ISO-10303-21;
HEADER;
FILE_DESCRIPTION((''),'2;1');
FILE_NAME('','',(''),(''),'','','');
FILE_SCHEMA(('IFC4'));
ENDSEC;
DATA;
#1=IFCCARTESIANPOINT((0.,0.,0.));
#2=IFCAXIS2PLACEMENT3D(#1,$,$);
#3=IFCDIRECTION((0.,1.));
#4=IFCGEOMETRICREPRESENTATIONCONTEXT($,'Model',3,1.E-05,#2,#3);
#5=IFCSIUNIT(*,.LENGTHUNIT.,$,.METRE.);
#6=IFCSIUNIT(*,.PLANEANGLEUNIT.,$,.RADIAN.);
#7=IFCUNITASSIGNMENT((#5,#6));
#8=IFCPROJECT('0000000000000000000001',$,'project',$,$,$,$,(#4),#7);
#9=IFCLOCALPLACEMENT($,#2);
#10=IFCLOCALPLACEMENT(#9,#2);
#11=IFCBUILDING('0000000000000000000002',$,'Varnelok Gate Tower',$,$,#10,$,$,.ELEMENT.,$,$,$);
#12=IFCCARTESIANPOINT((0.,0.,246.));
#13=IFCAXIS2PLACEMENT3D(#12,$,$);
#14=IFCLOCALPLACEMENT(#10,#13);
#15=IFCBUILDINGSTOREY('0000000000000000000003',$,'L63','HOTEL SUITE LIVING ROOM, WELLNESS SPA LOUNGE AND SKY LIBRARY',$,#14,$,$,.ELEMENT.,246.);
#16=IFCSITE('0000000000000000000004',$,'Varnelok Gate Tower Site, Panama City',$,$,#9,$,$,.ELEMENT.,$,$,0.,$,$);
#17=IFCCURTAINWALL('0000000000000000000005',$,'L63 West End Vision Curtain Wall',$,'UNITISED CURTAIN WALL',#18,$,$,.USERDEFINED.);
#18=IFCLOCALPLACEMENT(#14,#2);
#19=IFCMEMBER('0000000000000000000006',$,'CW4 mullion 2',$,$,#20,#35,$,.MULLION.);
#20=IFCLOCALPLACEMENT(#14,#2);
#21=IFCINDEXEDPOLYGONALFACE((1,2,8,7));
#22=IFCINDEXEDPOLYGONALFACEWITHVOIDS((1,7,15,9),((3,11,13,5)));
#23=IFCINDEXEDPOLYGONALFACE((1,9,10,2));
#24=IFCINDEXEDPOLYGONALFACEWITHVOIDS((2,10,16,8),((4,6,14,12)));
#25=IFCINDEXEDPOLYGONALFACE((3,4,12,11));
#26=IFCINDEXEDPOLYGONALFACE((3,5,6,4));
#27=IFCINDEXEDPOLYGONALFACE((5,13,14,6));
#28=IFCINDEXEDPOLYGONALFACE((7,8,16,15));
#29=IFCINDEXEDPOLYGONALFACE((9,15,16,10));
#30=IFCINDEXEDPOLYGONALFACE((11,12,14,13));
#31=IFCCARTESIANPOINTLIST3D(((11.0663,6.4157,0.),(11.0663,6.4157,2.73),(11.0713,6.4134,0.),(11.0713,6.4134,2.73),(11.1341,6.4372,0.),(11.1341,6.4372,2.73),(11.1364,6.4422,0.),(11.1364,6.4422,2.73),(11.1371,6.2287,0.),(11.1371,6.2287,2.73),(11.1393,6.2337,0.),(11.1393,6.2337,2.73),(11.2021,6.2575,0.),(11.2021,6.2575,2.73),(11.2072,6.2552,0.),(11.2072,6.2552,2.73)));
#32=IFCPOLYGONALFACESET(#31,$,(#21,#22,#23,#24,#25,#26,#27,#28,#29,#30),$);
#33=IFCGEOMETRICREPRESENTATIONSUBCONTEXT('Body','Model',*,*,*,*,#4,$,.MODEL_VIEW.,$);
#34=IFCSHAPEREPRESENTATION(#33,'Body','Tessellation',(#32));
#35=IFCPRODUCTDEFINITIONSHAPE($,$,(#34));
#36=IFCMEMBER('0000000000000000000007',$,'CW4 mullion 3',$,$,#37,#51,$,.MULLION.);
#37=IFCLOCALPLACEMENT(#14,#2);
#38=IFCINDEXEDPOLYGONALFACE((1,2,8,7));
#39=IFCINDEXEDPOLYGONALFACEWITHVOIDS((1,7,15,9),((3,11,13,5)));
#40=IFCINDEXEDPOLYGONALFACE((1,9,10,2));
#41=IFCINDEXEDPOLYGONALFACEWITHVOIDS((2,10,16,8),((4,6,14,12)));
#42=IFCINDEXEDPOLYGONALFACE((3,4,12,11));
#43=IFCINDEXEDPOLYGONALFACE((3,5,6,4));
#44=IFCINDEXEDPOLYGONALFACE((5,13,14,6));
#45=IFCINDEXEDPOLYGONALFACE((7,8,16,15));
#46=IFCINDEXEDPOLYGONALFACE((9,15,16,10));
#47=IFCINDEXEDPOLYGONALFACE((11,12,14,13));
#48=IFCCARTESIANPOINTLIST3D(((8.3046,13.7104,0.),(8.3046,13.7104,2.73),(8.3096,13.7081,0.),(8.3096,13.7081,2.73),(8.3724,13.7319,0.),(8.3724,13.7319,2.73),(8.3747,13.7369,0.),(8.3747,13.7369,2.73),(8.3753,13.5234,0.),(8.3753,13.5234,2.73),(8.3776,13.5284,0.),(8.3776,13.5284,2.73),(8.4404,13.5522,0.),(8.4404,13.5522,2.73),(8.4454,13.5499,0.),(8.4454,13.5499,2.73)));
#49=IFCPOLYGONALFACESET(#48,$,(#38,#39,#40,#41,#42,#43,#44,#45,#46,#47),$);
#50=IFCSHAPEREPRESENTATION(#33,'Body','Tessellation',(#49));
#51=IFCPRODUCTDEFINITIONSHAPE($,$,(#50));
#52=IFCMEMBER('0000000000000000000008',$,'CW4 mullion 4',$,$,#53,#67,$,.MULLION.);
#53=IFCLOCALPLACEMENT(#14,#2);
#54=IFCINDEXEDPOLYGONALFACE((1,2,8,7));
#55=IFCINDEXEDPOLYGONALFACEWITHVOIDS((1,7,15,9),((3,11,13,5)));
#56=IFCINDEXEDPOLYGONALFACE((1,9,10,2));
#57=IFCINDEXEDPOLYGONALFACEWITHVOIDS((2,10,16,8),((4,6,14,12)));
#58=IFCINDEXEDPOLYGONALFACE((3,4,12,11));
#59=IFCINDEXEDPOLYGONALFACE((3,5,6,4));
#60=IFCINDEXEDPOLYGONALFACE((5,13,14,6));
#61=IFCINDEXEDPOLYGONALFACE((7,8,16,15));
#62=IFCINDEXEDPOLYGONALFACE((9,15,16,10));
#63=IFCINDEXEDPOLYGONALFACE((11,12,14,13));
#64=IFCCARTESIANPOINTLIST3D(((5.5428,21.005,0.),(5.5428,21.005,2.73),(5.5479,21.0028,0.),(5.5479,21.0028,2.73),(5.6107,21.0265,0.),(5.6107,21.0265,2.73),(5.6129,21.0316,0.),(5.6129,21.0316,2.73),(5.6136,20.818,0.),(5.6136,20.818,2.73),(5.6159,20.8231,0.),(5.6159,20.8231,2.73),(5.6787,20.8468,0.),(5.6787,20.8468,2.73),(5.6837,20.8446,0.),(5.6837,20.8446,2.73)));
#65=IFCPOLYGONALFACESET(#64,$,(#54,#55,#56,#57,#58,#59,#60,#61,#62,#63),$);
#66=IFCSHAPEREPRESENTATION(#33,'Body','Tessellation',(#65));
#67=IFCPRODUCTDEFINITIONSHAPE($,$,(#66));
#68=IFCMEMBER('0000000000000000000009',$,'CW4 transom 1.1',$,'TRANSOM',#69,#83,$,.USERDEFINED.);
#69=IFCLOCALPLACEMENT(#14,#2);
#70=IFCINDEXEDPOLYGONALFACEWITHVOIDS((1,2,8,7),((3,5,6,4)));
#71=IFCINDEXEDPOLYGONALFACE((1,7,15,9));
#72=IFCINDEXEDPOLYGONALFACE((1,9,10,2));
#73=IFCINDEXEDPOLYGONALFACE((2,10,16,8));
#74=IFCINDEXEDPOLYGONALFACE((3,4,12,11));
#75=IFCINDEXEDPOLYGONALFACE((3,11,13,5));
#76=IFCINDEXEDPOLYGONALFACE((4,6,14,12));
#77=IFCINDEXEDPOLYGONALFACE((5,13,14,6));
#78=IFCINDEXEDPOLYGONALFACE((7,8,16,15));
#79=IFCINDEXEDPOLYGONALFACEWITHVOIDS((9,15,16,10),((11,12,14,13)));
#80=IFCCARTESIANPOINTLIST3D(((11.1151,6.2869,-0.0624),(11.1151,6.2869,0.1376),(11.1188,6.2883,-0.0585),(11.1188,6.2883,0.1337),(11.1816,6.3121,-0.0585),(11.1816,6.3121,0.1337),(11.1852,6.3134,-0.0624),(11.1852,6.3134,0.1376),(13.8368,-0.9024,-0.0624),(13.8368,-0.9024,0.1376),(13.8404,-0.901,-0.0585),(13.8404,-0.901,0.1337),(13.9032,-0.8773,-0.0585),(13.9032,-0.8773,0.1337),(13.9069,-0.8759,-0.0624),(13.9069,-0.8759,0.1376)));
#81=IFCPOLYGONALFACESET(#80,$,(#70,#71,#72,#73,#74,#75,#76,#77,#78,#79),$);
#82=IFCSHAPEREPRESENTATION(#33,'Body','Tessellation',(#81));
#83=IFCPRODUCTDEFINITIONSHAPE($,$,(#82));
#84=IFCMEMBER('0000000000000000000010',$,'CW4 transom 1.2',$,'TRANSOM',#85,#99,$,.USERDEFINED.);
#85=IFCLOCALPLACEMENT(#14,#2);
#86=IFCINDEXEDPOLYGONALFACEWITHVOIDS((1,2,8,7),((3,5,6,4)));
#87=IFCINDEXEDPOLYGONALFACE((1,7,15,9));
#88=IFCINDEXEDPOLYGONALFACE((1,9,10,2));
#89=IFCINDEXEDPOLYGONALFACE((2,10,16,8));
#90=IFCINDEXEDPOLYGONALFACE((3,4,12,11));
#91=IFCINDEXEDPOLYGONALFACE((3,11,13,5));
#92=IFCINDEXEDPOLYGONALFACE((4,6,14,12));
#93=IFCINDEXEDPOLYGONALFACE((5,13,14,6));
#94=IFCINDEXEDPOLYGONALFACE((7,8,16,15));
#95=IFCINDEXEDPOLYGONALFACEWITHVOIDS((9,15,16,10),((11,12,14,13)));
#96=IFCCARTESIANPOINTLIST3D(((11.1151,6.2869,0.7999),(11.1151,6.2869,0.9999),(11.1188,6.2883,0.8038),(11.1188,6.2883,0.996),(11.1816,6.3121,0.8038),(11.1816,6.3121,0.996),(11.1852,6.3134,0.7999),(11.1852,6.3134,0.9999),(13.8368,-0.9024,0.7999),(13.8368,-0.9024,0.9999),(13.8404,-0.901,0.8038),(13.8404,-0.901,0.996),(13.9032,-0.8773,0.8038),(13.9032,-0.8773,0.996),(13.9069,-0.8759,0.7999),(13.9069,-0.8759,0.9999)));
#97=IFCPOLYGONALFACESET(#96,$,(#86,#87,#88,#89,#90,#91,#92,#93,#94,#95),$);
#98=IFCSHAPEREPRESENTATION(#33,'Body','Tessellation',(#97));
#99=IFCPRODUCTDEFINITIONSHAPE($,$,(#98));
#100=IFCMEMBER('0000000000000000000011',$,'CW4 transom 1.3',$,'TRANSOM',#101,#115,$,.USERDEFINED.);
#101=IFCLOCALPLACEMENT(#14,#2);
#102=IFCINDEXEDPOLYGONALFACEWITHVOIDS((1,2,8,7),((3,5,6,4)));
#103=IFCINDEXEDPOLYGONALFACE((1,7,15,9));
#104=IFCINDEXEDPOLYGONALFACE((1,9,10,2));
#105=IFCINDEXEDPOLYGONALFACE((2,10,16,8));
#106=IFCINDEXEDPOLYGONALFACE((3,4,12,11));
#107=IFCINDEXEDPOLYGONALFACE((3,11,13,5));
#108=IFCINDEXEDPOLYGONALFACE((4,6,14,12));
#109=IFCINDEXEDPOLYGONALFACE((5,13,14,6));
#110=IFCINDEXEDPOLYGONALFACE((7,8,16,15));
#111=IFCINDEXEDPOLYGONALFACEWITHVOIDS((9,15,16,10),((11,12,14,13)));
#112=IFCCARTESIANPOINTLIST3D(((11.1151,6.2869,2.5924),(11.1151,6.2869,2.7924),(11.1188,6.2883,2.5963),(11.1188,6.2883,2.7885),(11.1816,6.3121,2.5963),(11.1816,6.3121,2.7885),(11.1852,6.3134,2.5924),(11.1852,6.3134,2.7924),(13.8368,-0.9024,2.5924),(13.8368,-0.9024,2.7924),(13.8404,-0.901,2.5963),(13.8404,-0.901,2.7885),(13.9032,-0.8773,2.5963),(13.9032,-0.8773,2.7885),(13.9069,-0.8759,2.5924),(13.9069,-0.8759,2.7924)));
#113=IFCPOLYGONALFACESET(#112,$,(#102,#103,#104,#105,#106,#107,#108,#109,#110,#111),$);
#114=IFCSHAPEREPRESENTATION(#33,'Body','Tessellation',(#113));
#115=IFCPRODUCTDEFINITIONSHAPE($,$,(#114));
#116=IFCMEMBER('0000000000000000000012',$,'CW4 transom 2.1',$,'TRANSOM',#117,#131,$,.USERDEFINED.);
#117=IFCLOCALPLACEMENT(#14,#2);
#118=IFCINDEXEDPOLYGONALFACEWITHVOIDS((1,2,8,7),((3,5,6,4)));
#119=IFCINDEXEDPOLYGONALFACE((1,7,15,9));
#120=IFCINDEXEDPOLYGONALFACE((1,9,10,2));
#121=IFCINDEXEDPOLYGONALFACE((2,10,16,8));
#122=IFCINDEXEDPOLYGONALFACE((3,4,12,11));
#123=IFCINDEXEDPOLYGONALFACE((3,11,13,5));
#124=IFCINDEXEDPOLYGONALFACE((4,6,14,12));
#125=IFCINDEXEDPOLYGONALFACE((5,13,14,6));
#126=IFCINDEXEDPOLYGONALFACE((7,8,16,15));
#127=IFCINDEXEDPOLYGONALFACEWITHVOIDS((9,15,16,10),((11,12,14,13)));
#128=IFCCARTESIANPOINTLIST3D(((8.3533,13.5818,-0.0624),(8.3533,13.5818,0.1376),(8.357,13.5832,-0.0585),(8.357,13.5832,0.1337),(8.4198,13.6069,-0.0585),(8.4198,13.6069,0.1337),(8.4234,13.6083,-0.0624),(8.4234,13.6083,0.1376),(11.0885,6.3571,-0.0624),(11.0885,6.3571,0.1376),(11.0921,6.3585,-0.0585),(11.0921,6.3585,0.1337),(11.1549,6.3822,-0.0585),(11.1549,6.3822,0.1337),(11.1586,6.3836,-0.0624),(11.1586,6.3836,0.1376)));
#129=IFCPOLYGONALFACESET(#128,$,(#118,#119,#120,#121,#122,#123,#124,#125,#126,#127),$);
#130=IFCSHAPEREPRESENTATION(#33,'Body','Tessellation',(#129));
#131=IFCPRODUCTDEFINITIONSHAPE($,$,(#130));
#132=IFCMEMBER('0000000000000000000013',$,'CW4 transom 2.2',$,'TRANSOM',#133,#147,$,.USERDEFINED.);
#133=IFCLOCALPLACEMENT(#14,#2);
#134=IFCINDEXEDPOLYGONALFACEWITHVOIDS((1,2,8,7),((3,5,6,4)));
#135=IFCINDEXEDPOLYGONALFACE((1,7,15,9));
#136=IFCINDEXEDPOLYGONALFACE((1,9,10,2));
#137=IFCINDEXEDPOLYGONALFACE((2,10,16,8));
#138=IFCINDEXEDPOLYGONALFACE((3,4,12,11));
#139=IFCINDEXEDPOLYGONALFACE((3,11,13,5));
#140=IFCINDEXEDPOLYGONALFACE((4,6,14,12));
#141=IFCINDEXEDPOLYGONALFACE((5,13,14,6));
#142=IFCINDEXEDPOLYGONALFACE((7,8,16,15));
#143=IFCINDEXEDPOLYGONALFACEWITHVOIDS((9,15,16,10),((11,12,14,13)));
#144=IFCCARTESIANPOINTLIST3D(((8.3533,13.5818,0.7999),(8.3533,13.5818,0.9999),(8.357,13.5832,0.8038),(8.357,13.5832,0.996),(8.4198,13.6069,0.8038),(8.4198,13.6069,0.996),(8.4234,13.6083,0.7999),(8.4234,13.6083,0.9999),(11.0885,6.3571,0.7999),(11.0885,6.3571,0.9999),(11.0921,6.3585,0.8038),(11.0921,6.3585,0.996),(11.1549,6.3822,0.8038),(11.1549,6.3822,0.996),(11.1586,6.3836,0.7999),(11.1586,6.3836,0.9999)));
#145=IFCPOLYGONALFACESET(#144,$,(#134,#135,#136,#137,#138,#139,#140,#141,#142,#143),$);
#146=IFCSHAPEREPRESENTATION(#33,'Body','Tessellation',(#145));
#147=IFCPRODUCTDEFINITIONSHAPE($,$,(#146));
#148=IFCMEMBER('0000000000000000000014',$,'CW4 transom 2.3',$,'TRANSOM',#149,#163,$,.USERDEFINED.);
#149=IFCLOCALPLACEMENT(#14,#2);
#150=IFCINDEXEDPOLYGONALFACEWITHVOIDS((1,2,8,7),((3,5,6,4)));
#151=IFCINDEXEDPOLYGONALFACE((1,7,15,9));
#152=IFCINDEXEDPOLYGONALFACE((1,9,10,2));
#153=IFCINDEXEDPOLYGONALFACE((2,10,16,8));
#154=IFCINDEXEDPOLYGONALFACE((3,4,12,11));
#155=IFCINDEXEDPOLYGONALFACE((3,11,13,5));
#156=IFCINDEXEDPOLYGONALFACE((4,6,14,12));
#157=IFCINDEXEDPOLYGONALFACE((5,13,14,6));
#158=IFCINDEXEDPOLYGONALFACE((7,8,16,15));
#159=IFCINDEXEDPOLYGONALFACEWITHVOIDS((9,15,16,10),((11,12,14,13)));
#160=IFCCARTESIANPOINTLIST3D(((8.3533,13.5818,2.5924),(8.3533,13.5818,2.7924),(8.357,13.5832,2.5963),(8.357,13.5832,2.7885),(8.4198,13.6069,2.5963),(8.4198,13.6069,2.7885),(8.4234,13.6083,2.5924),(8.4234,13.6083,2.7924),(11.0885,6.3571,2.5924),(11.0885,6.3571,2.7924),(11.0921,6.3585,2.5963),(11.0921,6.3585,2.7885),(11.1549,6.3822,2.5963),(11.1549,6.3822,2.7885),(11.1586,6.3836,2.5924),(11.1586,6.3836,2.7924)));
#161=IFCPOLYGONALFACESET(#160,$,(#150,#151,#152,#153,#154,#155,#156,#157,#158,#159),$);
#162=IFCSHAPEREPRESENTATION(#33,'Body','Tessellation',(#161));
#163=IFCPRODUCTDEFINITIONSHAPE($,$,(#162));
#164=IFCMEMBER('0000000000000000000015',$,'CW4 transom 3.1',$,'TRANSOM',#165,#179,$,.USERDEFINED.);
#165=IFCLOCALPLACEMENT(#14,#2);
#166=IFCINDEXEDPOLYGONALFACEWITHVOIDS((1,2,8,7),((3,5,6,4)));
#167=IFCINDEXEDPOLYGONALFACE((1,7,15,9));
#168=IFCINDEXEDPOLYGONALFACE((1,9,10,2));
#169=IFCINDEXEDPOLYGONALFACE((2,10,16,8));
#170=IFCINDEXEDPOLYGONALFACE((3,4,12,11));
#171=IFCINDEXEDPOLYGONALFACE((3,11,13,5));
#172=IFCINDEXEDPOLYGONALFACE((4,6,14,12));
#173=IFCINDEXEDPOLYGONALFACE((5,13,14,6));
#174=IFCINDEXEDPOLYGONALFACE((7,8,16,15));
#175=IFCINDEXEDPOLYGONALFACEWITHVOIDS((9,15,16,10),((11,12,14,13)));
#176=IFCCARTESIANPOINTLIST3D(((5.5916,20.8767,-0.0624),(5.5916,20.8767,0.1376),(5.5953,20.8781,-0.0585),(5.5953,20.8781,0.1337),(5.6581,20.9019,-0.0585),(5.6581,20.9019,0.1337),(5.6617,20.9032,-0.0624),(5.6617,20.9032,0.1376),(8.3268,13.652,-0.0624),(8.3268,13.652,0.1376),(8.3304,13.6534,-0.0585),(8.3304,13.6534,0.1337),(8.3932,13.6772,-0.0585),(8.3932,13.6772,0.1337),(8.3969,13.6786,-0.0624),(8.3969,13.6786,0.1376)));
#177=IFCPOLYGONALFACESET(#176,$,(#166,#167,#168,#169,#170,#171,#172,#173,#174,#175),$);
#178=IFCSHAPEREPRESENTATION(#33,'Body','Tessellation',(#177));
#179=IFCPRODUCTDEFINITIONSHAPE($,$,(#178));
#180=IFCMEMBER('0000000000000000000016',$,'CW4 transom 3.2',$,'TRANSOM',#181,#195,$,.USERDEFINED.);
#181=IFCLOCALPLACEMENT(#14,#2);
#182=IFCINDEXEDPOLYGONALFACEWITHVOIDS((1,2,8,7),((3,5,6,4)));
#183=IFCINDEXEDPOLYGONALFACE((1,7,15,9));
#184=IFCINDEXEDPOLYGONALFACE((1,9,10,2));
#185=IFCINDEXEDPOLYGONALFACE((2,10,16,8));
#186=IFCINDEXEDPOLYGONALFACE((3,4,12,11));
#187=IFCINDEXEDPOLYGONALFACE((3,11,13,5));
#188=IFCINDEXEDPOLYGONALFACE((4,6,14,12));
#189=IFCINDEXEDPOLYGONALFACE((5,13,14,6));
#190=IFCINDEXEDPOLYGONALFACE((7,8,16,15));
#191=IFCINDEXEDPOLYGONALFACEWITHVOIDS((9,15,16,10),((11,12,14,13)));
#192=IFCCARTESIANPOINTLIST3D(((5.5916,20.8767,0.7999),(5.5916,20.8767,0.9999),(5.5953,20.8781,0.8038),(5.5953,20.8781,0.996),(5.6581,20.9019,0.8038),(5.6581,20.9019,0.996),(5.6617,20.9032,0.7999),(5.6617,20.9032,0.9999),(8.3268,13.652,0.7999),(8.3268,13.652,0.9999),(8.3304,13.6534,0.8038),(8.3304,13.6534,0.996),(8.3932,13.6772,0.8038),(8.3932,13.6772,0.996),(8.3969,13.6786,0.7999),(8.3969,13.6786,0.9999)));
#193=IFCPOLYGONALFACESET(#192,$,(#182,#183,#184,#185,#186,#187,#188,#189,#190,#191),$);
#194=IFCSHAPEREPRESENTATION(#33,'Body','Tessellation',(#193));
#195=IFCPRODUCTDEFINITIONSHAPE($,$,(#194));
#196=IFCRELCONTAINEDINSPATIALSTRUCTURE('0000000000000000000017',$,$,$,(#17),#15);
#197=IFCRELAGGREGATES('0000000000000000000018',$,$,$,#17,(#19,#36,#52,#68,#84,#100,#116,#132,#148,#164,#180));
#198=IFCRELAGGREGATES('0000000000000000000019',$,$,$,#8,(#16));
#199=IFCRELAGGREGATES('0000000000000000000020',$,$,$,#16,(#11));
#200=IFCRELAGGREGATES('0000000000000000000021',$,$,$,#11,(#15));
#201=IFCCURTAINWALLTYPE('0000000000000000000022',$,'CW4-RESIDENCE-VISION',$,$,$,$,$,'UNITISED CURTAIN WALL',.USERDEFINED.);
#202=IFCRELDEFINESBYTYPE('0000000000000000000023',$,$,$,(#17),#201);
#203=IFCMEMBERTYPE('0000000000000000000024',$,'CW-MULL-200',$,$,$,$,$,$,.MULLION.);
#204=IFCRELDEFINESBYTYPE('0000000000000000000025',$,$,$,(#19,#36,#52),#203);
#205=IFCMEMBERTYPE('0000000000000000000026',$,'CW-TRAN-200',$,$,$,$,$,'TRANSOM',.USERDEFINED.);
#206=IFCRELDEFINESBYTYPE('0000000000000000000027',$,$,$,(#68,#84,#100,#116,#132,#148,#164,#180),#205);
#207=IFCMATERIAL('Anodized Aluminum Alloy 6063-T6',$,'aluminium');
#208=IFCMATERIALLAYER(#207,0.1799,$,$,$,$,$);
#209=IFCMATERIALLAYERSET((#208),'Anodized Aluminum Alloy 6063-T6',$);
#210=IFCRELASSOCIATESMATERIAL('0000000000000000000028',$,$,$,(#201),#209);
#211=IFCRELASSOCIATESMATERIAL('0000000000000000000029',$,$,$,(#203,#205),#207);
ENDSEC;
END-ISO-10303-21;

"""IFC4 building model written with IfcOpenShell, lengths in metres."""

from ifc_helpers import new_model, si_unit, direction, frame, origin, origin_2d, place, context, subcontext, project, spatial, hollow_rectangle, extrude, material, layer, layer_set, material_profile, profile_set, type_object, element, aggregate, save


model = new_model("IFC4")

# Units and contexts
model_context = context("Model", 3, precision=1e-05, world=origin(), true_north=direction((0.0, 1.0)))
body_context = subcontext(model_context, "Body", "Model", "MODEL_VIEW")
ifc_project = project(units=[si_unit("LENGTHUNIT", "METRE"), si_unit("PLANEANGLEUNIT", "RADIAN")], contexts=[model_context])

# Site, building, storey
site_placement = place(None, origin())
site = spatial("IfcSite", under=ifc_project, at=site_placement, Name="Varnelok Gate Tower Site, Panama City", CompositionType="ELEMENT", RefElevation=0.0)
building_placement = place(site_placement, origin())
building = spatial("IfcBuilding", under=site, at=building_placement, Name="Varnelok Gate Tower", CompositionType="ELEMENT")
storey_placement = place(building_placement, frame((0.0, 0.0, 246.0)))
storey = spatial("IfcBuildingStorey", under=building, at=storey_placement, Name="L63", Description="HOTEL SUITE LIVING ROOM, WELLNESS SPA LOUNGE AND SKY LIBRARY", CompositionType="ELEMENT", Elevation=246.0)

# Curtain wall, members
ifc_material_1 = material(Name="Anodized Aluminum Alloy 6063-T6", Category="aluminium")
ifc_layer_1 = layer(ifc_material_1, 0.1799)
ifc_layer_set_1 = layer_set([ifc_layer_1], Name="Anodized Aluminum Alloy 6063-T6")
curtain_wall_type = type_object("IfcCurtainWallType", Name="CW4-RESIDENCE-VISION", ElementType="UNITISED CURTAIN WALL", PredefinedType="USERDEFINED", material=ifc_layer_set_1)
curtain_wall_placement = place(storey_placement, origin())
curtain_wall = element("IfcCurtainWall", 1, at=curtain_wall_placement, inside=storey, type_object=curtain_wall_type, Name="L63 West End Vision Curtain Wall", ObjectType="UNITISED CURTAIN WALL", PredefinedType="USERDEFINED")
ifc_material_profile_1 = material_profile(ifc_material_1, hollow_rectangle(XDim=0.075, YDim=0.2, WallThickness=0.0039, at=origin_2d()), Name="ALU200X75X4")
ifc_profile_set_1 = profile_set([ifc_material_profile_1], Name="Anodized Aluminum Alloy 6063-T6")
member_type_1 = type_object("IfcMemberType", Name="CW-MULL-200", PredefinedType="MULLION", material=ifc_profile_set_1)
member_1_placement = place(storey_placement, frame((11.1367, 6.3354, 0.0), z_axis=(0.0, 0.0, 1.0), x_axis=(-0.935222, -0.354063, 0.0)))
member_1 = element("IfcMember", 2, at=member_1_placement, type_object=member_type_1, Name="CW4 mullion 2", PredefinedType="MULLION", context=body_context, shape_type="SweptSolid", body=[
    extrude(hollow_rectangle(XDim=0.075, YDim=0.2, WallThickness=0.0039, at=origin_2d()), origin(), (0.0, 0.0, 1.0), 2.73),
])
member_2_placement = place(storey_placement, frame((8.375, 13.6301, 0.0), z_axis=(0.0, 0.0, 1.0), x_axis=(-0.935222, -0.354063, 0.0)))
member_2 = element("IfcMember", 3, at=member_2_placement, type_object=member_type_1, Name="CW4 mullion 3", PredefinedType="MULLION", context=body_context, shape_type="SweptSolid", body=[
    extrude(hollow_rectangle(XDim=0.075, YDim=0.2, WallThickness=0.0039, at=origin_2d()), origin(), (0.0, 0.0, 1.0), 2.73),
])
member_3_placement = place(storey_placement, frame((5.6133, 20.9248, 0.0), z_axis=(0.0, 0.0, 1.0), x_axis=(-0.935222, -0.354063, 0.0)))
member_3 = element("IfcMember", 4, at=member_3_placement, type_object=member_type_1, Name="CW4 mullion 4", PredefinedType="MULLION", context=body_context, shape_type="SweptSolid", body=[
    extrude(hollow_rectangle(XDim=0.075, YDim=0.2, WallThickness=0.0039, at=origin_2d()), origin(), (0.0, 0.0, 1.0), 2.73),
])
ifc_material_profile_2 = material_profile(ifc_material_1, hollow_rectangle(XDim=0.075, YDim=0.2, WallThickness=0.0039, at=origin_2d()), Name="ALU200X75X4")
ifc_profile_set_2 = profile_set([ifc_material_profile_2], Name="Anodized Aluminum Alloy 6063-T6")
member_type_2 = type_object("IfcMemberType", Name="CW-TRAN-200", ElementType="TRANSOM", PredefinedType="USERDEFINED", material=ifc_profile_set_2)
member_4_placement = place(storey_placement, frame((13.8718, -0.8892, 0.0376), z_axis=(-0.354045, 0.935228, 0.0), x_axis=(-0.935228, -0.354045, 0.0)))
member_4 = element("IfcMember", 5, at=member_4_placement, type_object=member_type_2, Name="CW4 transom 1.1", ObjectType="TRANSOM", PredefinedType="USERDEFINED", context=body_context, shape_type="SweptSolid", body=[
    extrude(hollow_rectangle(XDim=0.075, YDim=0.2, WallThickness=0.0039, at=origin_2d()), origin(), (0.0, 0.0, 1.0), 7.6873),
])
member_5_placement = place(storey_placement, frame((13.8718, -0.8892, 0.8999), z_axis=(-0.354045, 0.935228, 0.0), x_axis=(-0.935228, -0.354045, 0.0)))
member_5 = element("IfcMember", 6, at=member_5_placement, type_object=member_type_2, Name="CW4 transom 1.2", ObjectType="TRANSOM", PredefinedType="USERDEFINED", context=body_context, shape_type="SweptSolid", body=[
    extrude(hollow_rectangle(XDim=0.075, YDim=0.2, WallThickness=0.0039, at=origin_2d()), origin(), (0.0, 0.0, 1.0), 7.6873),
])
member_6_placement = place(storey_placement, frame((13.8718, -0.8892, 2.6924), z_axis=(-0.354045, 0.935228, 0.0), x_axis=(-0.935228, -0.354045, 0.0)))
member_6 = element("IfcMember", 7, at=member_6_placement, type_object=member_type_2, Name="CW4 transom 1.3", ObjectType="TRANSOM", PredefinedType="USERDEFINED", context=body_context, shape_type="SweptSolid", body=[
    extrude(hollow_rectangle(XDim=0.075, YDim=0.2, WallThickness=0.0039, at=origin_2d()), origin(), (0.0, 0.0, 1.0), 7.6873),
])
member_7_placement = place(storey_placement, frame((11.1235, 6.3704, 0.0376), z_axis=(-0.354059, 0.935223, 0.0), x_axis=(-0.935223, -0.354059, 0.0)))
member_7 = element("IfcMember", 8, at=member_7_placement, type_object=member_type_2, Name="CW4 transom 2.1", ObjectType="TRANSOM", PredefinedType="USERDEFINED", context=body_context, shape_type="SweptSolid", body=[
    extrude(hollow_rectangle(XDim=0.075, YDim=0.2, WallThickness=0.0039, at=origin_2d()), origin(), (0.0, 0.0, 1.0), 7.7251),
])
member_8_placement = place(storey_placement, frame((11.1235, 6.3704, 0.8999), z_axis=(-0.354059, 0.935223, 0.0), x_axis=(-0.935223, -0.354059, 0.0)))
member_8 = element("IfcMember", 9, at=member_8_placement, type_object=member_type_2, Name="CW4 transom 2.2", ObjectType="TRANSOM", PredefinedType="USERDEFINED", context=body_context, shape_type="SweptSolid", body=[
    extrude(hollow_rectangle(XDim=0.075, YDim=0.2, WallThickness=0.0039, at=origin_2d()), origin(), (0.0, 0.0, 1.0), 7.7251),
])
member_9_placement = place(storey_placement, frame((11.1235, 6.3704, 2.6924), z_axis=(-0.354059, 0.935223, 0.0), x_axis=(-0.935223, -0.354059, 0.0)))
member_9 = element("IfcMember", 10, at=member_9_placement, type_object=member_type_2, Name="CW4 transom 2.3", ObjectType="TRANSOM", PredefinedType="USERDEFINED", context=body_context, shape_type="SweptSolid", body=[
    extrude(hollow_rectangle(XDim=0.075, YDim=0.2, WallThickness=0.0039, at=origin_2d()), origin(), (0.0, 0.0, 1.0), 7.7251),
])
member_10_placement = place(storey_placement, frame((8.3618, 13.6653, 0.0376), z_axis=(-0.354059, 0.935223, 0.0), x_axis=(-0.935223, -0.354059, 0.0)))
member_10 = element("IfcMember", 11, at=member_10_placement, type_object=member_type_2, Name="CW4 transom 3.1", ObjectType="TRANSOM", PredefinedType="USERDEFINED", context=body_context, shape_type="SweptSolid", body=[
    extrude(hollow_rectangle(XDim=0.075, YDim=0.2, WallThickness=0.0039, at=origin_2d()), origin(), (0.0, 0.0, 1.0), 7.7251),
])
member_11_placement = place(storey_placement, frame((8.3618, 13.6653, 0.8999), z_axis=(-0.354059, 0.935223, 0.0), x_axis=(-0.935223, -0.354059, 0.0)))
member_11 = element("IfcMember", 12, at=member_11_placement, type_object=member_type_2, Name="CW4 transom 3.2", ObjectType="TRANSOM", PredefinedType="USERDEFINED", context=body_context, shape_type="SweptSolid", body=[
    extrude(hollow_rectangle(XDim=0.075, YDim=0.2, WallThickness=0.0039, at=origin_2d()), origin(), (0.0, 0.0, 1.0), 7.7251),
])

aggregate(curtain_wall, [member_1, member_2, member_3, member_4, member_5, member_6, member_7, member_8, member_9, member_10, member_11])

save(model, "model.ifc")
